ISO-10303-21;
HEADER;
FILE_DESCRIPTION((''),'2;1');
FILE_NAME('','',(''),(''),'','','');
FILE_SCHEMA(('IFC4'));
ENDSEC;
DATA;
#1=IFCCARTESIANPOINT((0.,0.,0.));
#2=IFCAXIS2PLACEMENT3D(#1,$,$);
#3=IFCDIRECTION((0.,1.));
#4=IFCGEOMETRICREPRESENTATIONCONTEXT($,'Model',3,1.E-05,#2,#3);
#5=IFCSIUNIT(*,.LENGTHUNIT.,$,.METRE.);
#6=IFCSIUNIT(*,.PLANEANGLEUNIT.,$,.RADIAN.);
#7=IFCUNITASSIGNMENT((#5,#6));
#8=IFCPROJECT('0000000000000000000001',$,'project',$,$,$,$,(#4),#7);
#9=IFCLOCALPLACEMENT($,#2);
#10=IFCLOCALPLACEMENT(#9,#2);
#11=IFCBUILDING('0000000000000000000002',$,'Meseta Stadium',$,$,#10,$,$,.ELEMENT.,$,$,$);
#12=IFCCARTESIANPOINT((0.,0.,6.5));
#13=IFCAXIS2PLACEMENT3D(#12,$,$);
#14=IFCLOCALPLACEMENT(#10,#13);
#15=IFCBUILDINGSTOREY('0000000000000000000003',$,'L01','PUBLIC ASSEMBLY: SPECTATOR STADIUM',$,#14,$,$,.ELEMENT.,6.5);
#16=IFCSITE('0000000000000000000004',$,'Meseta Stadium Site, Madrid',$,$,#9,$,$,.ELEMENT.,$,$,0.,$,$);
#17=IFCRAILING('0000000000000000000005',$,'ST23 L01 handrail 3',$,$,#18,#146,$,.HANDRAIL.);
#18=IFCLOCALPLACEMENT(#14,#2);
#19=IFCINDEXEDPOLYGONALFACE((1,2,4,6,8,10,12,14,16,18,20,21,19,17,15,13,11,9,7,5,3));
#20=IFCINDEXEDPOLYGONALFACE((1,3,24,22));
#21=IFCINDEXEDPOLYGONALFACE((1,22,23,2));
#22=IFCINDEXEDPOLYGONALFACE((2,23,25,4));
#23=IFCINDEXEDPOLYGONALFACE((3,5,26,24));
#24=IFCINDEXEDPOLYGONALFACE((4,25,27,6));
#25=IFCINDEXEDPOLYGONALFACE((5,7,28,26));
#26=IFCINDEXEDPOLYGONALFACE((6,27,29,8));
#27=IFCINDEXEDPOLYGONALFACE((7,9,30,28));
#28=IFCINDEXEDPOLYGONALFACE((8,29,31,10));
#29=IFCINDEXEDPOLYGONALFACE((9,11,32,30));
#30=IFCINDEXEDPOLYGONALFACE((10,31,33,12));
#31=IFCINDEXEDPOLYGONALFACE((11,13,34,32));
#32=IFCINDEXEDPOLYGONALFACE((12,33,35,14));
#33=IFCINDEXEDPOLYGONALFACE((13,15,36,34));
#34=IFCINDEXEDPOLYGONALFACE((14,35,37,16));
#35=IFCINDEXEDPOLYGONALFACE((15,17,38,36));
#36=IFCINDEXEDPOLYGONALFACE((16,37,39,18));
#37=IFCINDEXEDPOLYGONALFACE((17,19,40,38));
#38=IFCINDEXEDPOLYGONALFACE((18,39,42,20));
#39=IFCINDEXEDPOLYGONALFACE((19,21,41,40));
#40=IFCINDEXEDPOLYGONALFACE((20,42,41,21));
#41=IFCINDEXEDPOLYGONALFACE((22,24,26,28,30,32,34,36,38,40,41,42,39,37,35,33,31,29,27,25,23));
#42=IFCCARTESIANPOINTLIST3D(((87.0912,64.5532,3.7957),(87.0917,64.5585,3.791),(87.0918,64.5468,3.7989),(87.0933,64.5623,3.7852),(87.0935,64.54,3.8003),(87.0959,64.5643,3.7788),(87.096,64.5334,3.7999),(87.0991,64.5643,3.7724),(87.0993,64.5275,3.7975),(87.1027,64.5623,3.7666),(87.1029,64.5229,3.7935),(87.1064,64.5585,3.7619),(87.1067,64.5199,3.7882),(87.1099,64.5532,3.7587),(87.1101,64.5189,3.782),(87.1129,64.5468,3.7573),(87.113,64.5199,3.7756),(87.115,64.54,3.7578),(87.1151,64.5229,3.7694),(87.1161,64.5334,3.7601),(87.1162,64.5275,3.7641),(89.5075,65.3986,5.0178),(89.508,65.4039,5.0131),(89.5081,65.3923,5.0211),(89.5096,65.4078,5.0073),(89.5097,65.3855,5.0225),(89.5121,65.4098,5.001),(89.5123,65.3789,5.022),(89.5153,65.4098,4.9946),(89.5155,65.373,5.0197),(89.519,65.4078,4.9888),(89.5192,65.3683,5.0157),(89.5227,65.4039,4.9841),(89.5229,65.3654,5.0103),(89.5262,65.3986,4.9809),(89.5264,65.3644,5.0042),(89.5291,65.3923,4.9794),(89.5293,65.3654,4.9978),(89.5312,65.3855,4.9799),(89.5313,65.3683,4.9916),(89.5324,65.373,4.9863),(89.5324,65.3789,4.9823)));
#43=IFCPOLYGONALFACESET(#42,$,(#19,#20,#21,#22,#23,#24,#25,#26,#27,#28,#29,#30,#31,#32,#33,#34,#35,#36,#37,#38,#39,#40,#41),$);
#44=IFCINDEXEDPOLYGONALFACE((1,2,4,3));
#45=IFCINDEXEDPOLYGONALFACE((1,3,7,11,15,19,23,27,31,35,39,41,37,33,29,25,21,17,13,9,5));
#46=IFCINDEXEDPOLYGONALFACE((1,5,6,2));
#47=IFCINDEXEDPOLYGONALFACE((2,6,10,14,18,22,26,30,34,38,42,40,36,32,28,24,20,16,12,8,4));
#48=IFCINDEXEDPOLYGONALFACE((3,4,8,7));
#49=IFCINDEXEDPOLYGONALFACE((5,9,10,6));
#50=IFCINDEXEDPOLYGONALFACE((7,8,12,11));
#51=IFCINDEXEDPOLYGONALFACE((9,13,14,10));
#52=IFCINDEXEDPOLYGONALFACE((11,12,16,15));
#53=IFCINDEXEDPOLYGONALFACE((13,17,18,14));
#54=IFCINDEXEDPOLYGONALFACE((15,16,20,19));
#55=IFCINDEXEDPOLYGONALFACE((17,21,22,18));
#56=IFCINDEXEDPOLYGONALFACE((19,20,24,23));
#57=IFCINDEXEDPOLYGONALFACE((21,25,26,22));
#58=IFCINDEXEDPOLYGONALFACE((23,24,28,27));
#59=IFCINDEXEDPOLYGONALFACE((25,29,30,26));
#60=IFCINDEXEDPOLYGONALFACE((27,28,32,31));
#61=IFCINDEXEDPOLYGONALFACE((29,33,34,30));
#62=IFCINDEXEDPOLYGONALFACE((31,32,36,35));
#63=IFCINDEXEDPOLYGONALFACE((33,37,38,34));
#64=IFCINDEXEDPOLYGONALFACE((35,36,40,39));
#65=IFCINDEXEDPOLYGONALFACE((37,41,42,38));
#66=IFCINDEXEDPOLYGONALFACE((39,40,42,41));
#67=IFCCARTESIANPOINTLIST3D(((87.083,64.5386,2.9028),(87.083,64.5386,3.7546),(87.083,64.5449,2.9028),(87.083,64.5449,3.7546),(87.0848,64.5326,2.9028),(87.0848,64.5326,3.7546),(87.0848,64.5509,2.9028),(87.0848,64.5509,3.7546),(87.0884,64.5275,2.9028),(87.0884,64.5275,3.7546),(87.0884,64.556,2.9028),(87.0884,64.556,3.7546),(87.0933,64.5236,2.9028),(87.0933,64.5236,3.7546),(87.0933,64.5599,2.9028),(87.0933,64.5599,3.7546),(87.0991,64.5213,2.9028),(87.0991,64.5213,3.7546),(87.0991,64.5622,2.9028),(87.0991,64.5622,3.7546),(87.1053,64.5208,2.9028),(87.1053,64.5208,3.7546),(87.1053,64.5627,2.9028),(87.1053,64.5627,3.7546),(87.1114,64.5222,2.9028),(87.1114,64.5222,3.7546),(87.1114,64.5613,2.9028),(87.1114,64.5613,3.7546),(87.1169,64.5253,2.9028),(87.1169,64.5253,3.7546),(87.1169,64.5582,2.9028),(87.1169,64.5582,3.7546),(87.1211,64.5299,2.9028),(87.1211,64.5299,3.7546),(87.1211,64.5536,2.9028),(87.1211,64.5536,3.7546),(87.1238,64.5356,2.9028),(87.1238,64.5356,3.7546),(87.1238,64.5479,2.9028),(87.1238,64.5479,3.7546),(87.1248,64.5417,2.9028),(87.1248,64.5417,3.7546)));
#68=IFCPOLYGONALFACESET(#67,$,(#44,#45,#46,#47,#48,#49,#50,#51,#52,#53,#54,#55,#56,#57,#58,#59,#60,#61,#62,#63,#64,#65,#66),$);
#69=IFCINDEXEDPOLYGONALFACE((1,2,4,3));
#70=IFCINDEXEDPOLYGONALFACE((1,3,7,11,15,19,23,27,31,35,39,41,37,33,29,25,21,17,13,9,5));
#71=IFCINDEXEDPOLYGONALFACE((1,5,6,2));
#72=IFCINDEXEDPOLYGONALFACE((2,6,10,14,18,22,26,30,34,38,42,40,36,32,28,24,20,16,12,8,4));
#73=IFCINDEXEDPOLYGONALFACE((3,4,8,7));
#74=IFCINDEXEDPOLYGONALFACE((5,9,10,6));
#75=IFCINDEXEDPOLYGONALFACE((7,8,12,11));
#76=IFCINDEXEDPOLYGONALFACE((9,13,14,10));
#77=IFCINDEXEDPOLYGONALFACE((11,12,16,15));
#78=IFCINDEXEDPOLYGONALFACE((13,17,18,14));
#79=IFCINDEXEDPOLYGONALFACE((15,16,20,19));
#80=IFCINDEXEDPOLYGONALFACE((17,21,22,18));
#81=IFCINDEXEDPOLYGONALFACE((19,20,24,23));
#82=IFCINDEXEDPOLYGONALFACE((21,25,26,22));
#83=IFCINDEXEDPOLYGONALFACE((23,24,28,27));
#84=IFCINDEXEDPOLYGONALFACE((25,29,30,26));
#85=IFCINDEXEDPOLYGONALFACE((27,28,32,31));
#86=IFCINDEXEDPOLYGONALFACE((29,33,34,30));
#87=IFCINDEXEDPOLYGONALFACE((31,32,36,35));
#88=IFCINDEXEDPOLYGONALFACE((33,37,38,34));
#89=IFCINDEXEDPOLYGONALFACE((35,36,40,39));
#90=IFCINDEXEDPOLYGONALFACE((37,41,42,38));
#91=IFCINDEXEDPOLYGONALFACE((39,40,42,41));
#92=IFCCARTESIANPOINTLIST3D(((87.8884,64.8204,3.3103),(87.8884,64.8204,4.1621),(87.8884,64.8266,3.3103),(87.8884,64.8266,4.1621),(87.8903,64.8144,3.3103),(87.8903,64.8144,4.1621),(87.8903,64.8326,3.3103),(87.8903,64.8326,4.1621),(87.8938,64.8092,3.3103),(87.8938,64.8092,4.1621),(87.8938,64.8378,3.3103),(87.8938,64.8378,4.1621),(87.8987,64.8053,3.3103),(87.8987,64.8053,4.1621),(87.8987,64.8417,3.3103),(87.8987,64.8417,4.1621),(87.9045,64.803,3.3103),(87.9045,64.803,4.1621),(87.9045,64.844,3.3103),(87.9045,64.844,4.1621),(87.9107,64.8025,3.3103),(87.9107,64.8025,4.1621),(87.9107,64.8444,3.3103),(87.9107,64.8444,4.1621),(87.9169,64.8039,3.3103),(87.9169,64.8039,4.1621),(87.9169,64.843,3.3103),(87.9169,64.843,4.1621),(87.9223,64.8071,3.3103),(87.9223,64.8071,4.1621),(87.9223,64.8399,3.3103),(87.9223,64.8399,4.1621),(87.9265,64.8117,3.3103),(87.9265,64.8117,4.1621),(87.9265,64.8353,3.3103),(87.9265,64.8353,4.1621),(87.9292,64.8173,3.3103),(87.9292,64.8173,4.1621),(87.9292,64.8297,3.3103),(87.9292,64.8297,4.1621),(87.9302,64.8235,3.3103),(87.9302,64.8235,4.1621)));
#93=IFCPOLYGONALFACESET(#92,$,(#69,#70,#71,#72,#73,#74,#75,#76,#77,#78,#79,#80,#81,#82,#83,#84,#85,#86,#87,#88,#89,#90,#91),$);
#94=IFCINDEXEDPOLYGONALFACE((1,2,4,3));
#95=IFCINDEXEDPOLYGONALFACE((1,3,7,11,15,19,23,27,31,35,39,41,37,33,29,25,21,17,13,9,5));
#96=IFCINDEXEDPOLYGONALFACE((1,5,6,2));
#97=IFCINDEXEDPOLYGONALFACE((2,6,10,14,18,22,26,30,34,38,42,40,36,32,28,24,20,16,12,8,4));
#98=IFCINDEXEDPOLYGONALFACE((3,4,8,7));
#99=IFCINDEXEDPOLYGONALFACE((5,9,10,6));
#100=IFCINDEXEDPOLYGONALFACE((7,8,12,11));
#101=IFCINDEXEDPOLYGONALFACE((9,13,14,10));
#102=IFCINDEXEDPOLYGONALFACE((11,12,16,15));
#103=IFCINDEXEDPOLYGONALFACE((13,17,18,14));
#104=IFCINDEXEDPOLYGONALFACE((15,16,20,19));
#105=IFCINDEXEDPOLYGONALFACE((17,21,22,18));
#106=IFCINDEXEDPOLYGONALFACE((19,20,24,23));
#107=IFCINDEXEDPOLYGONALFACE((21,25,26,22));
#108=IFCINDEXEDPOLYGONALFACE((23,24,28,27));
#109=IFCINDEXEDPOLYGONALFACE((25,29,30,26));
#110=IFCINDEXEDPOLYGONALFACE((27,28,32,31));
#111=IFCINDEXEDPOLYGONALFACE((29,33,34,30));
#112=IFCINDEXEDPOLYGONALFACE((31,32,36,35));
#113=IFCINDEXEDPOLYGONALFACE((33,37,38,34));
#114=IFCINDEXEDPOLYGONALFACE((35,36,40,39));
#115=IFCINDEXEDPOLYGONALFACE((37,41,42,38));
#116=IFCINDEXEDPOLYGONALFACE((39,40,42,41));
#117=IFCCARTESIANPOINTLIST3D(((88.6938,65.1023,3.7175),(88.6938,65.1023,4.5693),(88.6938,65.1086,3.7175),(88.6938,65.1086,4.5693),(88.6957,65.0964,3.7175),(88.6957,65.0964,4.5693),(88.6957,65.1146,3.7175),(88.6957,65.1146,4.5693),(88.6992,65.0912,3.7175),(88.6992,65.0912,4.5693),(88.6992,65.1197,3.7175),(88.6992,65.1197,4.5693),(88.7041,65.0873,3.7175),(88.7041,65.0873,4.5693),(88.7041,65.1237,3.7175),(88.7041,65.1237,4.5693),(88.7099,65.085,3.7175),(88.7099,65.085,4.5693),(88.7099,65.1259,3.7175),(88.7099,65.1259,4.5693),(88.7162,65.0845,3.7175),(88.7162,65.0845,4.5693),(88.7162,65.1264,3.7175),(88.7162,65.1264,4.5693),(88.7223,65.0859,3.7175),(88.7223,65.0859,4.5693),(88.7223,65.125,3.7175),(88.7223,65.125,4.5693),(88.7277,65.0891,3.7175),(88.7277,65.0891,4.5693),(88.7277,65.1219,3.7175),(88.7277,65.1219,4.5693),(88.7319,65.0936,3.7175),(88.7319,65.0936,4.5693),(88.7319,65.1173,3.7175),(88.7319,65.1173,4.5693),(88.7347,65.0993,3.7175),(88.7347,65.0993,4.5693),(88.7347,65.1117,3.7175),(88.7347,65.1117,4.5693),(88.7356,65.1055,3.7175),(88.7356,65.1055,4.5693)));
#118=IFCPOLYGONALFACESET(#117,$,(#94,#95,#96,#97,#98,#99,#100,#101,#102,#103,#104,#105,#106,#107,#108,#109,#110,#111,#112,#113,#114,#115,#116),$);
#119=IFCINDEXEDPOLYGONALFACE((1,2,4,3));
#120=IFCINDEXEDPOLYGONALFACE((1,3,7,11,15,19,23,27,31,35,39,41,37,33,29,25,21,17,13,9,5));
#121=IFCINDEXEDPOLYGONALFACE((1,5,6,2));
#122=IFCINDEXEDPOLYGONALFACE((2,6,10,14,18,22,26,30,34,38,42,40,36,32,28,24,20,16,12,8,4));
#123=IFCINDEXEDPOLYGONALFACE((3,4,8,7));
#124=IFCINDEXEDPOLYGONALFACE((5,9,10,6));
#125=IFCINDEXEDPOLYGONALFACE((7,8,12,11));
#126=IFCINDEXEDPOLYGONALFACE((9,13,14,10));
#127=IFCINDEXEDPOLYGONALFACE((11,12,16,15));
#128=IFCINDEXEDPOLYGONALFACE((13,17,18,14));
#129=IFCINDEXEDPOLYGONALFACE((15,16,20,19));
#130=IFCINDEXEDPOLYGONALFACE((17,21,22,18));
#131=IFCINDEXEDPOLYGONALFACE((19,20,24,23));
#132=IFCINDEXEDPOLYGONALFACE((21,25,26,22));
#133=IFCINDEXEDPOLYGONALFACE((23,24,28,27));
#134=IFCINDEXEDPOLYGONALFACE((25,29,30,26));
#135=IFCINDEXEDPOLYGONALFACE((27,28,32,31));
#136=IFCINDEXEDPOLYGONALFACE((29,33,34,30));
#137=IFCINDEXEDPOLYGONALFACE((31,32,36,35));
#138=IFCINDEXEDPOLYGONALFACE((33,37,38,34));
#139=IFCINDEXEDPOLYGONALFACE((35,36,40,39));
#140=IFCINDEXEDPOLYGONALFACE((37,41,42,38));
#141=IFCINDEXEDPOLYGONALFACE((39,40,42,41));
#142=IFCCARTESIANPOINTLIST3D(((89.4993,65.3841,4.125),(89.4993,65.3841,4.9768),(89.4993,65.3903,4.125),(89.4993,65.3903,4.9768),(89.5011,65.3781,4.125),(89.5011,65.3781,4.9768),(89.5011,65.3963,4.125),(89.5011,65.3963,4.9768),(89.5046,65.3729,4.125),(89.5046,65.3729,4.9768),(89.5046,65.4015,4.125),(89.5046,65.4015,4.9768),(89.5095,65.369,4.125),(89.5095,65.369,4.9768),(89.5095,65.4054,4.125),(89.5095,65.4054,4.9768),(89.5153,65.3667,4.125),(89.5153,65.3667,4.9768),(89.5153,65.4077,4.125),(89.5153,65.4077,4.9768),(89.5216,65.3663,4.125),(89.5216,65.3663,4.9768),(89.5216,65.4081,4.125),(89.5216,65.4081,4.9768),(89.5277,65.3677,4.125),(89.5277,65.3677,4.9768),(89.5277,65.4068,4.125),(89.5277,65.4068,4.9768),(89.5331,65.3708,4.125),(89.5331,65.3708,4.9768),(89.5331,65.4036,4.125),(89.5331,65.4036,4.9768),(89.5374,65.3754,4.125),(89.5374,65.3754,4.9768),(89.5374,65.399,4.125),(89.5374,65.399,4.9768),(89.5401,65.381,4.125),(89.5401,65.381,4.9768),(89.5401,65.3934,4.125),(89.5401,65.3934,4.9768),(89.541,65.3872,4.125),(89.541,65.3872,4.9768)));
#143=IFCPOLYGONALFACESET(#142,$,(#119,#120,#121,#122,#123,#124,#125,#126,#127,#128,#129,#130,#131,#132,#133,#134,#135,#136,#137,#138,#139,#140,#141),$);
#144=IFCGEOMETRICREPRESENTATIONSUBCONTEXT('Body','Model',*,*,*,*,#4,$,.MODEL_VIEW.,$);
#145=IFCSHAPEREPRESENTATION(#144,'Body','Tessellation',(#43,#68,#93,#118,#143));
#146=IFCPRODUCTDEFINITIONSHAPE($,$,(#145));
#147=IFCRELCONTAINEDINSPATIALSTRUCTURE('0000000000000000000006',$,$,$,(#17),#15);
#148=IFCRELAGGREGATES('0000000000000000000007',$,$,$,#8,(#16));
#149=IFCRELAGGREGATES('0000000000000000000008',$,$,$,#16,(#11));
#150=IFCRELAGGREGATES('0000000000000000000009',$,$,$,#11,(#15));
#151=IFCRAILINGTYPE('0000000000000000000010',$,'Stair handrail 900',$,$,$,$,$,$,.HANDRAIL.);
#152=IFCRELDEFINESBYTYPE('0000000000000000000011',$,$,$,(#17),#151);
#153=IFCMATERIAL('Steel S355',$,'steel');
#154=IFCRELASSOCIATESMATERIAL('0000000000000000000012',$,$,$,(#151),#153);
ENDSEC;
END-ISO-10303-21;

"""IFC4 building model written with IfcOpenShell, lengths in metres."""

from ifc_helpers import new_model, si_unit, direction, frame, origin, origin_2d, place, context, subcontext, project, spatial, circle, extrude, material, type_object, element, save


model = new_model("IFC4")

# Units and contexts
model_context = context("Model", 3, precision=1e-05, world=origin(), true_north=direction((0.0, 1.0)))
body_context = subcontext(model_context, "Body", "Model", "MODEL_VIEW")
ifc_project = project(units=[si_unit("LENGTHUNIT", "METRE"), si_unit("PLANEANGLEUNIT", "RADIAN")], contexts=[model_context])

# Site, building, storey
site_placement = place(None, origin())
site = spatial("IfcSite", under=ifc_project, at=site_placement, Name="Meseta Stadium Site, Madrid", CompositionType="ELEMENT", RefElevation=0.0)
building_placement = place(site_placement, origin())
building = spatial("IfcBuilding", under=site, at=building_placement, Name="Meseta Stadium", CompositionType="ELEMENT")
storey_placement = place(building_placement, frame((0.0, 0.0, 6.5)))
storey = spatial("IfcBuildingStorey", under=building, at=storey_placement, Name="L01", Description="PUBLIC ASSEMBLY: SPECTATOR STADIUM", CompositionType="ELEMENT", Elevation=6.5)

# Railing
ifc_material_1 = material(Name="Steel S355", Category="steel")
railing_type_1 = type_object("IfcRailingType", Name="Stair handrail 900", PredefinedType="HANDRAIL", material=ifc_material_1)
for number, where, name in (
    (1, (87.1038, 64.5417, 2.9028), "ST23 L01 handrail 3"),
):
    element("IfcRailing", number, at=place(storey_placement, frame(where)), inside=storey, type_object=railing_type_1, Name=name, PredefinedType="HANDRAIL", context=body_context, shape_type="SweptSolid", body=[
        extrude(circle(Radius=0.0239, at=origin_2d()), frame((0.0, 0.0, 0.876), z_axis=(0.851789, 0.298044, 0.430843), x_axis=(-0.33027, 0.943887, 0.0)), (0.0, 0.0, 1.0), 2.8367),
        extrude(circle(Radius=0.021, at=origin_2d()), origin(), (0.0, 0.0, 1.0), 0.8518),
        extrude(circle(Radius=0.021, at=origin_2d()), frame((0.8054, 0.2817, 0.4075)), (0.0, 0.0, 1.0), 0.8518),
        extrude(circle(Radius=0.021, at=origin_2d()), frame((1.6108, 0.5637, 0.8147)), (0.0, 0.0, 1.0), 0.8518),
        extrude(circle(Radius=0.021, at=origin_2d()), frame((2.4163, 0.8455, 1.2222)), (0.0, 0.0, 1.0), 0.8518),
    ])

save(model, "model.ifc")
